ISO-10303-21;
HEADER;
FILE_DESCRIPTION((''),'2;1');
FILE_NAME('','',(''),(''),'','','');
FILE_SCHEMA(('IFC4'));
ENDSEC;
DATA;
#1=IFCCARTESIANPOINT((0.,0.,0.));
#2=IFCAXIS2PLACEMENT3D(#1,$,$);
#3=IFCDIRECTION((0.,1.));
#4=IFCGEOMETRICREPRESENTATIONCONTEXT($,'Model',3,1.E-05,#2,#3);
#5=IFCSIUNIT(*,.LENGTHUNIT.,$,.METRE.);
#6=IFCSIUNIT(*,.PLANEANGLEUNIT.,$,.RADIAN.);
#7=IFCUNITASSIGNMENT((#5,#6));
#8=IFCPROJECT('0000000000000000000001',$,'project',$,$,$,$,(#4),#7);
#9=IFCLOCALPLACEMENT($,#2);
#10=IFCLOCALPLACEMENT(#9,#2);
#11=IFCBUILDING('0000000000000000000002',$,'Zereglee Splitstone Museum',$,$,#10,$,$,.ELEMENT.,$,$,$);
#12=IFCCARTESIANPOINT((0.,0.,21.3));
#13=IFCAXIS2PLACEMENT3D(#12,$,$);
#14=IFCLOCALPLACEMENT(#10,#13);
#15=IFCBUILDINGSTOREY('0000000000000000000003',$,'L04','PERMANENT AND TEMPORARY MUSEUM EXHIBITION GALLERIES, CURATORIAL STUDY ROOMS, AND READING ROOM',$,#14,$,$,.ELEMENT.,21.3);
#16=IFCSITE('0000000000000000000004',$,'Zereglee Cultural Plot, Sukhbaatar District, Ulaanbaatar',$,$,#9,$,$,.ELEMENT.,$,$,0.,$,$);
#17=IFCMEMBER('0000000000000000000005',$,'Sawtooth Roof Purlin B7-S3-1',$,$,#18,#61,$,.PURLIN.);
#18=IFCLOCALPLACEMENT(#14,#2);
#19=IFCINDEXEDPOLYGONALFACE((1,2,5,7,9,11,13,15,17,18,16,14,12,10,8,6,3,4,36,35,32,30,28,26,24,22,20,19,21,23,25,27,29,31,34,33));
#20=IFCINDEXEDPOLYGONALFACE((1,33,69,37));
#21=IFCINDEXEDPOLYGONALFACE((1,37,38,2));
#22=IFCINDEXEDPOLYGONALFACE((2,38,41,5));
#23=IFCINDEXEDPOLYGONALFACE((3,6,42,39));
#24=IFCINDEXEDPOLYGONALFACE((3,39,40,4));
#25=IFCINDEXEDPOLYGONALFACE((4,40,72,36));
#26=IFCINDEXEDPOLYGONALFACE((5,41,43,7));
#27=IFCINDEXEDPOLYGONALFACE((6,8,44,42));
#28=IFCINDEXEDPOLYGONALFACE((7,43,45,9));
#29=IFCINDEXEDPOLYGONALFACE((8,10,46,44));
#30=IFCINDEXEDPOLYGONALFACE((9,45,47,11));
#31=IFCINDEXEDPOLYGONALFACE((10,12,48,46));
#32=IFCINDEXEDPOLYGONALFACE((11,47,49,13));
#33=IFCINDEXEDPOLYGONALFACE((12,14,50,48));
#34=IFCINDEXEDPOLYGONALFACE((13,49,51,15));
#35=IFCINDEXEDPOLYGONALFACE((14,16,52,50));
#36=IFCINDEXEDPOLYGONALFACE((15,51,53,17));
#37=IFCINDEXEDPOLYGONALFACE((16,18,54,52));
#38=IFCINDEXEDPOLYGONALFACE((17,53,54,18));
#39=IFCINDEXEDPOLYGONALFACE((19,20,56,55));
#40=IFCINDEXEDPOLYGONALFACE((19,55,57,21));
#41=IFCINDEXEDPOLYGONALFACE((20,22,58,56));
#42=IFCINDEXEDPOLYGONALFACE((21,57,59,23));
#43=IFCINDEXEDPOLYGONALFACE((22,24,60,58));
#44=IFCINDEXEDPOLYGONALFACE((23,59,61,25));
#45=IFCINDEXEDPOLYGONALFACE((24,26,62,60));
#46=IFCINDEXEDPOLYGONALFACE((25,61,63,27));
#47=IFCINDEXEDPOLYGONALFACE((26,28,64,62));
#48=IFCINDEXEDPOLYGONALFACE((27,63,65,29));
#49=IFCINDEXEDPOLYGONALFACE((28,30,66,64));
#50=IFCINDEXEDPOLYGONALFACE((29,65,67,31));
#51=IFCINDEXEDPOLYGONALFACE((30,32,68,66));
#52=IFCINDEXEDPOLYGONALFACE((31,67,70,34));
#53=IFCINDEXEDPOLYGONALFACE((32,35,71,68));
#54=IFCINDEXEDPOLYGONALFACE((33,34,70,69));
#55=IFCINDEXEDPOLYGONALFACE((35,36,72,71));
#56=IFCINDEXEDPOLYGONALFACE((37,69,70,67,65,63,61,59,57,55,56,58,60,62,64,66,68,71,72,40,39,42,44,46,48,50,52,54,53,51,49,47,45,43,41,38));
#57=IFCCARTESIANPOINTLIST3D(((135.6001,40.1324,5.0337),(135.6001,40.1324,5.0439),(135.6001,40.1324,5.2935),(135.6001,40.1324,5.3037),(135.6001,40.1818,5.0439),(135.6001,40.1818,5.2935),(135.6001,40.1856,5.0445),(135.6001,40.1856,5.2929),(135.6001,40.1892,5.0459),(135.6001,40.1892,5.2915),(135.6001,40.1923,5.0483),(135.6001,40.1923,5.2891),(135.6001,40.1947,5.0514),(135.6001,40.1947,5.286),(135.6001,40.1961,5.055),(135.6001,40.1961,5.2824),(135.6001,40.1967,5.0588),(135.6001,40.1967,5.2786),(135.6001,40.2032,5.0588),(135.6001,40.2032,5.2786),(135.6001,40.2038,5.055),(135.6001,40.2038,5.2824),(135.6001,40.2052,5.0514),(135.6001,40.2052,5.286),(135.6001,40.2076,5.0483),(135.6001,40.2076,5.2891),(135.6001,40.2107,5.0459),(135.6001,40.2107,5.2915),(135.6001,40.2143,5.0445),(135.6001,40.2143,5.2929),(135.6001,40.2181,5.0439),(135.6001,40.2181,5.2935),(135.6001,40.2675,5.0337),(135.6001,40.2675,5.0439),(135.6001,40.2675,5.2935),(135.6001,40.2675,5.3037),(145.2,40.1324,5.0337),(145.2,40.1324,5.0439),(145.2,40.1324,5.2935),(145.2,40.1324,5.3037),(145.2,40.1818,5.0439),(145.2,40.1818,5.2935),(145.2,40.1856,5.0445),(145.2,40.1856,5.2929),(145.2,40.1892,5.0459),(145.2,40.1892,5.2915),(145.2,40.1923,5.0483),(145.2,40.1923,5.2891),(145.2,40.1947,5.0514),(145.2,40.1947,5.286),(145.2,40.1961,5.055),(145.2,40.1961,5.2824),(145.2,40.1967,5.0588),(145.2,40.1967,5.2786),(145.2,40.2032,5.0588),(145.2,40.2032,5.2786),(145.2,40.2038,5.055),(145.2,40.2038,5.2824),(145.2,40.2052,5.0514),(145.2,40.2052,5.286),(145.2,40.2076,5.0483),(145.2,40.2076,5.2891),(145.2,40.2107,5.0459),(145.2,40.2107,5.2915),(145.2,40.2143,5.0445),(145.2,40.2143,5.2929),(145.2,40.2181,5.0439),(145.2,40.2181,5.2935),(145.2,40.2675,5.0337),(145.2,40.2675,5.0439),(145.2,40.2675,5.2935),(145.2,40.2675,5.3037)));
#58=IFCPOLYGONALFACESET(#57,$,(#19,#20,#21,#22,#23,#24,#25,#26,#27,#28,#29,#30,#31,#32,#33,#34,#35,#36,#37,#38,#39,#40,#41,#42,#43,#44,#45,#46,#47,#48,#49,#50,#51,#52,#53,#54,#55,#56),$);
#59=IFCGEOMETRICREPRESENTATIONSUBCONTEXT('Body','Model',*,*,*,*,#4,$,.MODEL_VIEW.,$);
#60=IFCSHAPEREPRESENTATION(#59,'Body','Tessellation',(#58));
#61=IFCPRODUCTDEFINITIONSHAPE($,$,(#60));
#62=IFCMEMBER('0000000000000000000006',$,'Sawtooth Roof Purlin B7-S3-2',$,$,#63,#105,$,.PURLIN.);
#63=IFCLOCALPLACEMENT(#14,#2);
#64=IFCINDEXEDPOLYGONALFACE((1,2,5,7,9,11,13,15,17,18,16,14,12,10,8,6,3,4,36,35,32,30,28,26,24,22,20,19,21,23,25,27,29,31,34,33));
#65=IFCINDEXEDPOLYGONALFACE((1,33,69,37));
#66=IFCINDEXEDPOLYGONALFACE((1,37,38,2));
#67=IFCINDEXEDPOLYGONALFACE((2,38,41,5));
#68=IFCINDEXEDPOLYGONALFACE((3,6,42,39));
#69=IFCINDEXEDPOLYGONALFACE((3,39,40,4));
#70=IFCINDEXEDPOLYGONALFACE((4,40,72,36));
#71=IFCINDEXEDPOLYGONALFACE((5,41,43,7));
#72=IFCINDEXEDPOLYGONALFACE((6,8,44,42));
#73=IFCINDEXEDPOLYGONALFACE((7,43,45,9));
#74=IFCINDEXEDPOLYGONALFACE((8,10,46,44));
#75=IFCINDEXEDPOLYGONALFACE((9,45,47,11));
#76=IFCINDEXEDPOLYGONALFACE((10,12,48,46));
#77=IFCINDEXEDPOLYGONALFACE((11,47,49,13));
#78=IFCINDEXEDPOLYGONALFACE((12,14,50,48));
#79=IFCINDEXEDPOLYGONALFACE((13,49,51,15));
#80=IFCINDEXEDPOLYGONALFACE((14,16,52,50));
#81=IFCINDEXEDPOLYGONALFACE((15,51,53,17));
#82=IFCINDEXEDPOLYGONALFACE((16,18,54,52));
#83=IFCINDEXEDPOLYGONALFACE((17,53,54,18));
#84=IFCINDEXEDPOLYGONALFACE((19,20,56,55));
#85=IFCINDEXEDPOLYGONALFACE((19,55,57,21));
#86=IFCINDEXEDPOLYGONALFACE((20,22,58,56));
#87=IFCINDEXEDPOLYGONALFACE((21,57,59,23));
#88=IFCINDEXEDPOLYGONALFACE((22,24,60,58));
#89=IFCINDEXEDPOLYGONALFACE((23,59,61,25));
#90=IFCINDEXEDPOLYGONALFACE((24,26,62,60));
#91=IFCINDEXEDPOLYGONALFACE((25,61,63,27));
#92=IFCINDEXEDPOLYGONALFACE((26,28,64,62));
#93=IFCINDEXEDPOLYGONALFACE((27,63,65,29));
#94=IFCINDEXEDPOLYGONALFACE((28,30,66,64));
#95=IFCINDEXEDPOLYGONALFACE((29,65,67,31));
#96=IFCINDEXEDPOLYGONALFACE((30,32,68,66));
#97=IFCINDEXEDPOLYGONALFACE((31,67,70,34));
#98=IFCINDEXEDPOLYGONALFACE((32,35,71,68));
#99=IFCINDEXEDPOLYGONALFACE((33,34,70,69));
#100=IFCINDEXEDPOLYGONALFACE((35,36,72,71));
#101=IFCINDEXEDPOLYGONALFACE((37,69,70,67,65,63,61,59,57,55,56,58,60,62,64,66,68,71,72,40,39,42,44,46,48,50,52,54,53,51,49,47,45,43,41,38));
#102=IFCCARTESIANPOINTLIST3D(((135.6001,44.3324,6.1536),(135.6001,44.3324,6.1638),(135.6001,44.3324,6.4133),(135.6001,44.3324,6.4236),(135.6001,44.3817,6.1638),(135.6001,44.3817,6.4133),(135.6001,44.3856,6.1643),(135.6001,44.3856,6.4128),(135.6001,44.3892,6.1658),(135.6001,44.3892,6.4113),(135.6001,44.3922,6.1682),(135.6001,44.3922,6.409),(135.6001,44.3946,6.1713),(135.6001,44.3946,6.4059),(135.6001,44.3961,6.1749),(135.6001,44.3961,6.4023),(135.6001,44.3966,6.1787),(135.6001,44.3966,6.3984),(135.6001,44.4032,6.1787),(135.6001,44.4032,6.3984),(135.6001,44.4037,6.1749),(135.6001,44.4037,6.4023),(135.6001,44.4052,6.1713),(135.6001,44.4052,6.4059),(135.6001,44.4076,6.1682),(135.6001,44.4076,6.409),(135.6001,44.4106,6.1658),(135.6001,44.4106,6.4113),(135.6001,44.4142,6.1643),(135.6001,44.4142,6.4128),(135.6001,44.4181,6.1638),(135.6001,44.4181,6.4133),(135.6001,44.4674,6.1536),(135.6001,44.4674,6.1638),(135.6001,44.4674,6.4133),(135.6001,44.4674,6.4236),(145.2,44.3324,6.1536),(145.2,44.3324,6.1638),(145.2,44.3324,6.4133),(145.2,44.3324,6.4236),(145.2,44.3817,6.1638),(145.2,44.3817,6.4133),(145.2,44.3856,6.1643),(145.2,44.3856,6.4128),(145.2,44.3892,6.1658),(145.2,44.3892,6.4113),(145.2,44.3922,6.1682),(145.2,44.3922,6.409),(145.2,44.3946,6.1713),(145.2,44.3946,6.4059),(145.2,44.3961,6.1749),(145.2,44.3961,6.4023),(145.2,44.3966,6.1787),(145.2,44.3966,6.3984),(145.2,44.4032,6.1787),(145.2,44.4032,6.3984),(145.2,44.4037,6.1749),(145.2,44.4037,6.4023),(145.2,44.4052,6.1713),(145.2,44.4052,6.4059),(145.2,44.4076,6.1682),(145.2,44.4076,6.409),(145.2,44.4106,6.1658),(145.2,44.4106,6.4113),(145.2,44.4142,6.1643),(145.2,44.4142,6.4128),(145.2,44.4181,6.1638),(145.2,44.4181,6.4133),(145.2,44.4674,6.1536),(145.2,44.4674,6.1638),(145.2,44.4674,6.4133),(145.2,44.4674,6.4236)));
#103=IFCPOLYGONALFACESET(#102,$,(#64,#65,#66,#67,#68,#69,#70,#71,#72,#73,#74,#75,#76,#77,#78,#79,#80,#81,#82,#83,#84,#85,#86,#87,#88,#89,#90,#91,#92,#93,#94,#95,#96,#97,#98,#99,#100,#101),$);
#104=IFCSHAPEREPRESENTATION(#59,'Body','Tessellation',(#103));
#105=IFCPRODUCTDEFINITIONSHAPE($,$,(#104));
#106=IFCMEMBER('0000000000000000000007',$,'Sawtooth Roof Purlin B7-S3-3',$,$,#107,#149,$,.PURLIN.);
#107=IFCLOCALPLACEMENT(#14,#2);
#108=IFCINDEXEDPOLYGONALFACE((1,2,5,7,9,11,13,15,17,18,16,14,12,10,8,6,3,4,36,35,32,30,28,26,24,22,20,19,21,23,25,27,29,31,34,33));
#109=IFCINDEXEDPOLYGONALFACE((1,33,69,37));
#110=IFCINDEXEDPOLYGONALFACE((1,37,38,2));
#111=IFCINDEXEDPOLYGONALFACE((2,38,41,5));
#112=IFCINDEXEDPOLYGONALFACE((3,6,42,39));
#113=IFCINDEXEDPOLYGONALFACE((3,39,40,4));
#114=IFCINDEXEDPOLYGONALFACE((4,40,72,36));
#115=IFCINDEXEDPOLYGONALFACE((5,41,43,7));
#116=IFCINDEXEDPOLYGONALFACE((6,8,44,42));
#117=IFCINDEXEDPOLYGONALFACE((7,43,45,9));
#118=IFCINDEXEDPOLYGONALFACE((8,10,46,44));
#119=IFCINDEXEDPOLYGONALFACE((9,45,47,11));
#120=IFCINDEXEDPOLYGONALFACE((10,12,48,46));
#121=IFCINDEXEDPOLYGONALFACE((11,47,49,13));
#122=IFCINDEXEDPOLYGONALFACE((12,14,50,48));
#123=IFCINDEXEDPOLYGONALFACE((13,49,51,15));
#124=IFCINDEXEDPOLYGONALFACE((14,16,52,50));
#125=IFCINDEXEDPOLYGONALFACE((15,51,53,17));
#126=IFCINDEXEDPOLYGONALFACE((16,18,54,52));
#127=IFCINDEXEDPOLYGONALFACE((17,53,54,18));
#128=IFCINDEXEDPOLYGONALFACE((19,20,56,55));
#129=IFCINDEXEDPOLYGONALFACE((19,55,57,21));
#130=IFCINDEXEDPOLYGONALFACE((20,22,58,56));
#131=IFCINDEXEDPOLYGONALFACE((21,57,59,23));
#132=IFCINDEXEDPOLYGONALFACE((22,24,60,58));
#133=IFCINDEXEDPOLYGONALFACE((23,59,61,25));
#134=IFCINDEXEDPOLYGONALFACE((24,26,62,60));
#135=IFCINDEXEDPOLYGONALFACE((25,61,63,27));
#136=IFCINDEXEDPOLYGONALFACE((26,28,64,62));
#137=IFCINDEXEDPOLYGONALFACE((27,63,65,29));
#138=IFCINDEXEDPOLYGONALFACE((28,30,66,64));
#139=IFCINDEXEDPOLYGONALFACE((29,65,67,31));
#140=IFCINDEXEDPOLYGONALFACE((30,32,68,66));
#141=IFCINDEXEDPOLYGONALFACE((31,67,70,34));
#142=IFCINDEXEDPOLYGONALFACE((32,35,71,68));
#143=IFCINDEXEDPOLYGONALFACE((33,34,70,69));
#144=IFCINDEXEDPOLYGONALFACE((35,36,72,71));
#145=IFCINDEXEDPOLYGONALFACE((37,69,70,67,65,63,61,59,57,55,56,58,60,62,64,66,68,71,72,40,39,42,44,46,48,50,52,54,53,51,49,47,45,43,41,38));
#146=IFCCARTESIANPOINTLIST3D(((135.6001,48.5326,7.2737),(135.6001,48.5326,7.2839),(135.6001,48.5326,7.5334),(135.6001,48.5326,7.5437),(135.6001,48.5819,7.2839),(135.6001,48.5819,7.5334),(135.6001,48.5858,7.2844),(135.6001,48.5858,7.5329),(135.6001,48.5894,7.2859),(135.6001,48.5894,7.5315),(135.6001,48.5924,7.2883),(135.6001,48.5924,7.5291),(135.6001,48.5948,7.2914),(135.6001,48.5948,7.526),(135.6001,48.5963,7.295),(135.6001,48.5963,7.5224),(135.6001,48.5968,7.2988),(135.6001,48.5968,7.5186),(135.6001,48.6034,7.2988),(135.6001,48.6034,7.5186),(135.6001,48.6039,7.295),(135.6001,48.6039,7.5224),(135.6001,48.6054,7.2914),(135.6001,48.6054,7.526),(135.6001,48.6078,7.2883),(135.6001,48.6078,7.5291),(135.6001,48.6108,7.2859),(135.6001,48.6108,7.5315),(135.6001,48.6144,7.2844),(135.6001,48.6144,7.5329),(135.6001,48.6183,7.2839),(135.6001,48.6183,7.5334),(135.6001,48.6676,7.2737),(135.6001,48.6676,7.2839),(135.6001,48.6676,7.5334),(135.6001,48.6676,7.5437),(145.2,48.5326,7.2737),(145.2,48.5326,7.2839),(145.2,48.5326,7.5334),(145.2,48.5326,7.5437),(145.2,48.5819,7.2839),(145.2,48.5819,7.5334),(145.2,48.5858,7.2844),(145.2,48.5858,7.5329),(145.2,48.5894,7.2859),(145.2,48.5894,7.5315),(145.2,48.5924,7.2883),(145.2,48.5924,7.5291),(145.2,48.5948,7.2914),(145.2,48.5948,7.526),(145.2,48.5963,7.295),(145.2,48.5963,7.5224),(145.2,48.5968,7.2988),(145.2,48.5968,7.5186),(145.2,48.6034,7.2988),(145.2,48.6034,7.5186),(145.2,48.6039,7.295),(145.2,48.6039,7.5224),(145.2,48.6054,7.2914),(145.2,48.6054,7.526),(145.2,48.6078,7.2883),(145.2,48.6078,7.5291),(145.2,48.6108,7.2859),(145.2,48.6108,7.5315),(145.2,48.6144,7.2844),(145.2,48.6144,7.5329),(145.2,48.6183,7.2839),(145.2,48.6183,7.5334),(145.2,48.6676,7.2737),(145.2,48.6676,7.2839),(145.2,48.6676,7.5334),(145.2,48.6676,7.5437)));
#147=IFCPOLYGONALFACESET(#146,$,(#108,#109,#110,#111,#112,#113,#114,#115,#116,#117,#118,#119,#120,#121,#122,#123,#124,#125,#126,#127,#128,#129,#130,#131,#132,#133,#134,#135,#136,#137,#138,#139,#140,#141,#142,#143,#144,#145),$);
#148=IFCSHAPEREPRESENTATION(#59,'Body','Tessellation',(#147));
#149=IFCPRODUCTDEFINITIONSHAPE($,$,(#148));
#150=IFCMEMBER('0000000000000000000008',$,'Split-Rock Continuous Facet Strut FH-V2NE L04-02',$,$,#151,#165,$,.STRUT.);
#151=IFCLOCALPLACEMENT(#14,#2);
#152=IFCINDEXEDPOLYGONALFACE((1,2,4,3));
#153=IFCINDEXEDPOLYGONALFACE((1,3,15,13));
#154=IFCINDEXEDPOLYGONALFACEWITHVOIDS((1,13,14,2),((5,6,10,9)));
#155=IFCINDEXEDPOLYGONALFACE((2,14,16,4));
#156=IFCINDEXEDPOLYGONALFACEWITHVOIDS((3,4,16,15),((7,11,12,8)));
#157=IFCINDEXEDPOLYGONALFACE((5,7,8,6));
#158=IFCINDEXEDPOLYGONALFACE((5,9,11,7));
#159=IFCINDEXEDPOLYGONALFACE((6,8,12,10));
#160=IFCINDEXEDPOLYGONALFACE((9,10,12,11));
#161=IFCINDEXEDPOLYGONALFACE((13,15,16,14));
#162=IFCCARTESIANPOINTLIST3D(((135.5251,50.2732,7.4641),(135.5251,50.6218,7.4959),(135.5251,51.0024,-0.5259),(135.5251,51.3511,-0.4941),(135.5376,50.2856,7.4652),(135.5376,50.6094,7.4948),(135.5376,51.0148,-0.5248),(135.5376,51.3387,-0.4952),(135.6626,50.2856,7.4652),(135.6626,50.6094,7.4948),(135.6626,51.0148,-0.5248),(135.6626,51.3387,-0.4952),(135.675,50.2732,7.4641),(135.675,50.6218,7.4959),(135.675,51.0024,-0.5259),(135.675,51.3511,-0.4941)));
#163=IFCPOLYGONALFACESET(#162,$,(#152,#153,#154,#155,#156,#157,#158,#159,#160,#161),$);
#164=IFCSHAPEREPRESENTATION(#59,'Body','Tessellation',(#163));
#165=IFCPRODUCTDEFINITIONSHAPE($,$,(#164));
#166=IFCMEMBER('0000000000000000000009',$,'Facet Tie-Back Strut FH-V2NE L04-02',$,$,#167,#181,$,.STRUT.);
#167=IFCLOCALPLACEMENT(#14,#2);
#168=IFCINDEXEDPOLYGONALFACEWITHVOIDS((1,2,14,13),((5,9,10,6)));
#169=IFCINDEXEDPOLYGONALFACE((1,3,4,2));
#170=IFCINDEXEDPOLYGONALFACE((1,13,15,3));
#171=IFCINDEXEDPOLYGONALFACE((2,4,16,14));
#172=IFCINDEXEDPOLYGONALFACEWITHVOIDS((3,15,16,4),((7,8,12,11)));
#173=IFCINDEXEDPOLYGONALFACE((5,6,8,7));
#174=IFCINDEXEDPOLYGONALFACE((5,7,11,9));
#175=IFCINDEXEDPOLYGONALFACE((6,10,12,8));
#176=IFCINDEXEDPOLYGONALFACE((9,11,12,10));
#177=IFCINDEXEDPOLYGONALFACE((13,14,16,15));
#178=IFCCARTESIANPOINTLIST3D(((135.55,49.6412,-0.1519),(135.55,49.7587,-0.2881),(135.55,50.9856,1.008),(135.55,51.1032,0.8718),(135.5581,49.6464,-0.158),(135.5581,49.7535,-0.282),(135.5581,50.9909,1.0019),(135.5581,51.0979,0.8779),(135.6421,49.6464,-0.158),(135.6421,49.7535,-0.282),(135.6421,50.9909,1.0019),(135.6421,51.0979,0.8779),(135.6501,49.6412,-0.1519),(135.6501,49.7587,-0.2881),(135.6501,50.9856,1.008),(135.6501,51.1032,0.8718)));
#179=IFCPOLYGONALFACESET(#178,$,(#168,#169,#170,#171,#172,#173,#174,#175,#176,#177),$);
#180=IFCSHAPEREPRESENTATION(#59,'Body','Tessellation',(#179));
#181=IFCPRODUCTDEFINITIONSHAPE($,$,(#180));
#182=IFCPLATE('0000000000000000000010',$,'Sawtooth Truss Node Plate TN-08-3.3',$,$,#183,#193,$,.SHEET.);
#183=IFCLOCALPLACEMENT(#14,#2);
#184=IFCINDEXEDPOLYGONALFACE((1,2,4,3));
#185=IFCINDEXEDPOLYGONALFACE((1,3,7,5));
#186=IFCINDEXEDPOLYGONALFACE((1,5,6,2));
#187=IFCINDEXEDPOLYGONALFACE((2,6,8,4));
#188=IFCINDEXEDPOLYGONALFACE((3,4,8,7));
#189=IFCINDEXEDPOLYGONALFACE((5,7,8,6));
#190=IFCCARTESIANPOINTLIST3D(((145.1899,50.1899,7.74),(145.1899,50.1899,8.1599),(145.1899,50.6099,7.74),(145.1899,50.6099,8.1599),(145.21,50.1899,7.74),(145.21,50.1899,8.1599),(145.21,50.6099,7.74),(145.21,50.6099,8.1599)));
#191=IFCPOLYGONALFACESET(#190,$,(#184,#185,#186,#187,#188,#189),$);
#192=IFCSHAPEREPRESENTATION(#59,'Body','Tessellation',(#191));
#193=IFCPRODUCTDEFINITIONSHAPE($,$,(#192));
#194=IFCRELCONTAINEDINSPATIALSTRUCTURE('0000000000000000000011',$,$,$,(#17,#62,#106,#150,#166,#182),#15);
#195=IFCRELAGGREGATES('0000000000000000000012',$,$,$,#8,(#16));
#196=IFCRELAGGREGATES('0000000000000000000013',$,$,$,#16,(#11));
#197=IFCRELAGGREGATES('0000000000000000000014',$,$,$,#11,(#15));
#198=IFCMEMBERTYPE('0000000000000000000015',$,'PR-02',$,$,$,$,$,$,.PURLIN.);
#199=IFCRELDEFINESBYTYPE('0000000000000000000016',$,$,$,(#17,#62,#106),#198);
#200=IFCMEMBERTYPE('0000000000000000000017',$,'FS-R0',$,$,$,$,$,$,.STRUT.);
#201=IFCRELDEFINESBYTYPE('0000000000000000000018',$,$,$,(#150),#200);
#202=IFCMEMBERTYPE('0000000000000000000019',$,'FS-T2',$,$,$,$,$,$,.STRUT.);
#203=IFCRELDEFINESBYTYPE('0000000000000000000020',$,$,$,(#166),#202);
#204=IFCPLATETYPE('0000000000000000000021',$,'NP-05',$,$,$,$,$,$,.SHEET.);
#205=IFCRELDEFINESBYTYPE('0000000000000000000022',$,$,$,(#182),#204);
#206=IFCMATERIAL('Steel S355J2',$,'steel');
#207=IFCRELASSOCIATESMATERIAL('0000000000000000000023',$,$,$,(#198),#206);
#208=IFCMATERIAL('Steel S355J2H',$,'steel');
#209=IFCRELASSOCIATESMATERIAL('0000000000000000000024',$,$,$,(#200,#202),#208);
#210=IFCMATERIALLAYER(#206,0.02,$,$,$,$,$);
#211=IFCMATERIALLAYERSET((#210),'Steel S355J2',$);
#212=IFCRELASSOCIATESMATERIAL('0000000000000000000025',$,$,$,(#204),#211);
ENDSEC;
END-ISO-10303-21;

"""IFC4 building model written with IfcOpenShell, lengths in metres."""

from ifc_helpers import new_model, si_unit, direction, frame, origin, origin_2d, place, context, subcontext, project, spatial, rectangle, hollow_rectangle, i_section, extrude, material, layer, layer_set, material_profile, profile_set, type_object, element, save


model = new_model("IFC4")

# Units and contexts
model_context = context("Model", 3, precision=1e-05, world=origin(), true_north=direction((0.0, 1.0)))
body_context = subcontext(model_context, "Body", "Model", "MODEL_VIEW")
ifc_project = project(units=[si_unit("LENGTHUNIT", "METRE"), si_unit("PLANEANGLEUNIT", "RADIAN")], contexts=[model_context])

# Site, building, storey
site_placement = place(None, origin())
site = spatial("IfcSite", under=ifc_project, at=site_placement, Name="Zereglee Cultural Plot, Sukhbaatar District, Ulaanbaatar", CompositionType="ELEMENT", RefElevation=0.0)
building_placement = place(site_placement, origin())
building = spatial("IfcBuilding", under=site, at=building_placement, Name="Zereglee Splitstone Museum", CompositionType="ELEMENT")
storey_placement = place(building_placement, frame((0.0, 0.0, 21.3)))
storey = spatial("IfcBuildingStorey", under=building, at=storey_placement, Name="L04", Description="PERMANENT AND TEMPORARY MUSEUM EXHIBITION GALLERIES, CURATORIAL STUDY ROOMS, AND READING ROOM", CompositionType="ELEMENT", Elevation=21.3)

# Shared definitions
ifc_material_1 = material(Name="Steel S355J2H", Category="steel")

# Shared definitions
ifc_material_2 = material(Name="Steel S355J2", Category="steel")

# Members
ifc_material_profile_1 = material_profile(ifc_material_2, i_section(OverallWidth=0.135, OverallDepth=0.27, WebThickness=0.0066, FlangeThickness=0.0103, FilletRadius=0.0149, at=origin_2d()), Name="IPE 270")
ifc_profile_set_1 = profile_set([ifc_material_profile_1], Name="Steel S355J2")
member_type_1 = type_object("IfcMemberType", Name="PR-02", PredefinedType="PURLIN", material=ifc_profile_set_1)
for number, where, z_axis, x_axis, name in (
    (1, (135.6001, 40.2, 5.1687), (1.0, 0.0, 0.0), (0.0, 1.0, 0.0), "Sawtooth Roof Purlin B7-S3-1"),
    (2, (135.6001, 44.3999, 6.2886), (1.0, 0.0, 0.0), (0.0, 1.0, 0.0), "Sawtooth Roof Purlin B7-S3-2"),
    (3, (135.6001, 48.6001, 7.4087), (1.0, 0.0, 0.0), (0.0, 1.0, 0.0), "Sawtooth Roof Purlin B7-S3-3"),
):
    element("IfcMember", number, at=place(storey_placement, frame(where, z_axis=z_axis, x_axis=x_axis)), inside=storey, type_object=member_type_1, Name=name, PredefinedType="PURLIN", context=body_context, shape_type="SweptSolid", body=[
        extrude(i_section(OverallWidth=0.135, OverallDepth=0.27, WebThickness=0.0066, FlangeThickness=0.0103, FilletRadius=0.0149, at=origin_2d()), origin(), (0.0, 0.0, 1.0), 9.5999),
    ])
ifc_material_profile_2 = material_profile(ifc_material_1, hollow_rectangle(XDim=0.1499, YDim=0.3501, WallThickness=0.0125, at=origin_2d()), Name="RHS 350x150x12.5")
ifc_profile_set_2 = profile_set([ifc_material_profile_2], Name="Steel S355J2H")
member_type_2 = type_object("IfcMemberType", Name="FS-R0", PredefinedType="STRUT", material=ifc_profile_set_2)
member_1_placement = place(storey_placement, frame((135.6001, 51.1768, -0.51), z_axis=(0.0, -0.090892, 0.995861), x_axis=(1.0, 0.0, 0.0)))
element("IfcMember", 4, at=member_1_placement, inside=storey, type_object=member_type_2, Name="Split-Rock Continuous Facet Strut FH-V2NE L04-02", PredefinedType="STRUT", context=body_context, shape_type="SweptSolid", body=[
    extrude(hollow_rectangle(XDim=0.1499, YDim=0.3501, WallThickness=0.0125, at=origin_2d()), origin(), (0.0, 0.0, 1.0), 8.0232),
])
ifc_material_profile_3 = material_profile(ifc_material_1, hollow_rectangle(XDim=0.1001, YDim=0.1799, WallThickness=0.0081, at=origin_2d()), Name="RHS 180x100x8")
ifc_profile_set_3 = profile_set([ifc_material_profile_3], Name="Steel S355J2H")
member_type_3 = type_object("IfcMemberType", Name="FS-T2", PredefinedType="STRUT", material=ifc_profile_set_3)
member_2_placement = place(storey_placement, frame((135.6001, 49.7, -0.22), z_axis=(0.0, 0.757166, 0.653222), x_axis=(-1.0, 0.0, 0.0)))
element("IfcMember", 5, at=member_2_placement, inside=storey, type_object=member_type_3, Name="Facet Tie-Back Strut FH-V2NE L04-02", PredefinedType="STRUT", context=body_context, shape_type="SweptSolid", body=[
    extrude(hollow_rectangle(XDim=0.1001, YDim=0.1799, WallThickness=0.0081, at=origin_2d()), origin(), (0.0, 0.0, 1.0), 1.7756),
])

# Plate
ifc_layer_1 = layer(ifc_material_2, 0.02)
ifc_layer_set_1 = layer_set([ifc_layer_1], Name="Steel S355J2")
plate_type_1 = type_object("IfcPlateType", Name="NP-05", PredefinedType="SHEET", material=ifc_layer_set_1)
plate_1_placement = place(storey_placement, frame((145.2, 50.3999, 7.74), z_axis=(0.0, 0.0, 1.0), x_axis=(1.0, 0.0, 0.0)))
element("IfcPlate", 6, at=plate_1_placement, inside=storey, type_object=plate_type_1, Name="Sawtooth Truss Node Plate TN-08-3.3", PredefinedType="SHEET", context=body_context, shape_type="SweptSolid", body=[
    extrude(rectangle(XDim=0.02, YDim=0.4199, at=origin_2d()), origin(), (0.0, 0.0, 1.0), 0.4199),
])

save(model, "model.ifc")
